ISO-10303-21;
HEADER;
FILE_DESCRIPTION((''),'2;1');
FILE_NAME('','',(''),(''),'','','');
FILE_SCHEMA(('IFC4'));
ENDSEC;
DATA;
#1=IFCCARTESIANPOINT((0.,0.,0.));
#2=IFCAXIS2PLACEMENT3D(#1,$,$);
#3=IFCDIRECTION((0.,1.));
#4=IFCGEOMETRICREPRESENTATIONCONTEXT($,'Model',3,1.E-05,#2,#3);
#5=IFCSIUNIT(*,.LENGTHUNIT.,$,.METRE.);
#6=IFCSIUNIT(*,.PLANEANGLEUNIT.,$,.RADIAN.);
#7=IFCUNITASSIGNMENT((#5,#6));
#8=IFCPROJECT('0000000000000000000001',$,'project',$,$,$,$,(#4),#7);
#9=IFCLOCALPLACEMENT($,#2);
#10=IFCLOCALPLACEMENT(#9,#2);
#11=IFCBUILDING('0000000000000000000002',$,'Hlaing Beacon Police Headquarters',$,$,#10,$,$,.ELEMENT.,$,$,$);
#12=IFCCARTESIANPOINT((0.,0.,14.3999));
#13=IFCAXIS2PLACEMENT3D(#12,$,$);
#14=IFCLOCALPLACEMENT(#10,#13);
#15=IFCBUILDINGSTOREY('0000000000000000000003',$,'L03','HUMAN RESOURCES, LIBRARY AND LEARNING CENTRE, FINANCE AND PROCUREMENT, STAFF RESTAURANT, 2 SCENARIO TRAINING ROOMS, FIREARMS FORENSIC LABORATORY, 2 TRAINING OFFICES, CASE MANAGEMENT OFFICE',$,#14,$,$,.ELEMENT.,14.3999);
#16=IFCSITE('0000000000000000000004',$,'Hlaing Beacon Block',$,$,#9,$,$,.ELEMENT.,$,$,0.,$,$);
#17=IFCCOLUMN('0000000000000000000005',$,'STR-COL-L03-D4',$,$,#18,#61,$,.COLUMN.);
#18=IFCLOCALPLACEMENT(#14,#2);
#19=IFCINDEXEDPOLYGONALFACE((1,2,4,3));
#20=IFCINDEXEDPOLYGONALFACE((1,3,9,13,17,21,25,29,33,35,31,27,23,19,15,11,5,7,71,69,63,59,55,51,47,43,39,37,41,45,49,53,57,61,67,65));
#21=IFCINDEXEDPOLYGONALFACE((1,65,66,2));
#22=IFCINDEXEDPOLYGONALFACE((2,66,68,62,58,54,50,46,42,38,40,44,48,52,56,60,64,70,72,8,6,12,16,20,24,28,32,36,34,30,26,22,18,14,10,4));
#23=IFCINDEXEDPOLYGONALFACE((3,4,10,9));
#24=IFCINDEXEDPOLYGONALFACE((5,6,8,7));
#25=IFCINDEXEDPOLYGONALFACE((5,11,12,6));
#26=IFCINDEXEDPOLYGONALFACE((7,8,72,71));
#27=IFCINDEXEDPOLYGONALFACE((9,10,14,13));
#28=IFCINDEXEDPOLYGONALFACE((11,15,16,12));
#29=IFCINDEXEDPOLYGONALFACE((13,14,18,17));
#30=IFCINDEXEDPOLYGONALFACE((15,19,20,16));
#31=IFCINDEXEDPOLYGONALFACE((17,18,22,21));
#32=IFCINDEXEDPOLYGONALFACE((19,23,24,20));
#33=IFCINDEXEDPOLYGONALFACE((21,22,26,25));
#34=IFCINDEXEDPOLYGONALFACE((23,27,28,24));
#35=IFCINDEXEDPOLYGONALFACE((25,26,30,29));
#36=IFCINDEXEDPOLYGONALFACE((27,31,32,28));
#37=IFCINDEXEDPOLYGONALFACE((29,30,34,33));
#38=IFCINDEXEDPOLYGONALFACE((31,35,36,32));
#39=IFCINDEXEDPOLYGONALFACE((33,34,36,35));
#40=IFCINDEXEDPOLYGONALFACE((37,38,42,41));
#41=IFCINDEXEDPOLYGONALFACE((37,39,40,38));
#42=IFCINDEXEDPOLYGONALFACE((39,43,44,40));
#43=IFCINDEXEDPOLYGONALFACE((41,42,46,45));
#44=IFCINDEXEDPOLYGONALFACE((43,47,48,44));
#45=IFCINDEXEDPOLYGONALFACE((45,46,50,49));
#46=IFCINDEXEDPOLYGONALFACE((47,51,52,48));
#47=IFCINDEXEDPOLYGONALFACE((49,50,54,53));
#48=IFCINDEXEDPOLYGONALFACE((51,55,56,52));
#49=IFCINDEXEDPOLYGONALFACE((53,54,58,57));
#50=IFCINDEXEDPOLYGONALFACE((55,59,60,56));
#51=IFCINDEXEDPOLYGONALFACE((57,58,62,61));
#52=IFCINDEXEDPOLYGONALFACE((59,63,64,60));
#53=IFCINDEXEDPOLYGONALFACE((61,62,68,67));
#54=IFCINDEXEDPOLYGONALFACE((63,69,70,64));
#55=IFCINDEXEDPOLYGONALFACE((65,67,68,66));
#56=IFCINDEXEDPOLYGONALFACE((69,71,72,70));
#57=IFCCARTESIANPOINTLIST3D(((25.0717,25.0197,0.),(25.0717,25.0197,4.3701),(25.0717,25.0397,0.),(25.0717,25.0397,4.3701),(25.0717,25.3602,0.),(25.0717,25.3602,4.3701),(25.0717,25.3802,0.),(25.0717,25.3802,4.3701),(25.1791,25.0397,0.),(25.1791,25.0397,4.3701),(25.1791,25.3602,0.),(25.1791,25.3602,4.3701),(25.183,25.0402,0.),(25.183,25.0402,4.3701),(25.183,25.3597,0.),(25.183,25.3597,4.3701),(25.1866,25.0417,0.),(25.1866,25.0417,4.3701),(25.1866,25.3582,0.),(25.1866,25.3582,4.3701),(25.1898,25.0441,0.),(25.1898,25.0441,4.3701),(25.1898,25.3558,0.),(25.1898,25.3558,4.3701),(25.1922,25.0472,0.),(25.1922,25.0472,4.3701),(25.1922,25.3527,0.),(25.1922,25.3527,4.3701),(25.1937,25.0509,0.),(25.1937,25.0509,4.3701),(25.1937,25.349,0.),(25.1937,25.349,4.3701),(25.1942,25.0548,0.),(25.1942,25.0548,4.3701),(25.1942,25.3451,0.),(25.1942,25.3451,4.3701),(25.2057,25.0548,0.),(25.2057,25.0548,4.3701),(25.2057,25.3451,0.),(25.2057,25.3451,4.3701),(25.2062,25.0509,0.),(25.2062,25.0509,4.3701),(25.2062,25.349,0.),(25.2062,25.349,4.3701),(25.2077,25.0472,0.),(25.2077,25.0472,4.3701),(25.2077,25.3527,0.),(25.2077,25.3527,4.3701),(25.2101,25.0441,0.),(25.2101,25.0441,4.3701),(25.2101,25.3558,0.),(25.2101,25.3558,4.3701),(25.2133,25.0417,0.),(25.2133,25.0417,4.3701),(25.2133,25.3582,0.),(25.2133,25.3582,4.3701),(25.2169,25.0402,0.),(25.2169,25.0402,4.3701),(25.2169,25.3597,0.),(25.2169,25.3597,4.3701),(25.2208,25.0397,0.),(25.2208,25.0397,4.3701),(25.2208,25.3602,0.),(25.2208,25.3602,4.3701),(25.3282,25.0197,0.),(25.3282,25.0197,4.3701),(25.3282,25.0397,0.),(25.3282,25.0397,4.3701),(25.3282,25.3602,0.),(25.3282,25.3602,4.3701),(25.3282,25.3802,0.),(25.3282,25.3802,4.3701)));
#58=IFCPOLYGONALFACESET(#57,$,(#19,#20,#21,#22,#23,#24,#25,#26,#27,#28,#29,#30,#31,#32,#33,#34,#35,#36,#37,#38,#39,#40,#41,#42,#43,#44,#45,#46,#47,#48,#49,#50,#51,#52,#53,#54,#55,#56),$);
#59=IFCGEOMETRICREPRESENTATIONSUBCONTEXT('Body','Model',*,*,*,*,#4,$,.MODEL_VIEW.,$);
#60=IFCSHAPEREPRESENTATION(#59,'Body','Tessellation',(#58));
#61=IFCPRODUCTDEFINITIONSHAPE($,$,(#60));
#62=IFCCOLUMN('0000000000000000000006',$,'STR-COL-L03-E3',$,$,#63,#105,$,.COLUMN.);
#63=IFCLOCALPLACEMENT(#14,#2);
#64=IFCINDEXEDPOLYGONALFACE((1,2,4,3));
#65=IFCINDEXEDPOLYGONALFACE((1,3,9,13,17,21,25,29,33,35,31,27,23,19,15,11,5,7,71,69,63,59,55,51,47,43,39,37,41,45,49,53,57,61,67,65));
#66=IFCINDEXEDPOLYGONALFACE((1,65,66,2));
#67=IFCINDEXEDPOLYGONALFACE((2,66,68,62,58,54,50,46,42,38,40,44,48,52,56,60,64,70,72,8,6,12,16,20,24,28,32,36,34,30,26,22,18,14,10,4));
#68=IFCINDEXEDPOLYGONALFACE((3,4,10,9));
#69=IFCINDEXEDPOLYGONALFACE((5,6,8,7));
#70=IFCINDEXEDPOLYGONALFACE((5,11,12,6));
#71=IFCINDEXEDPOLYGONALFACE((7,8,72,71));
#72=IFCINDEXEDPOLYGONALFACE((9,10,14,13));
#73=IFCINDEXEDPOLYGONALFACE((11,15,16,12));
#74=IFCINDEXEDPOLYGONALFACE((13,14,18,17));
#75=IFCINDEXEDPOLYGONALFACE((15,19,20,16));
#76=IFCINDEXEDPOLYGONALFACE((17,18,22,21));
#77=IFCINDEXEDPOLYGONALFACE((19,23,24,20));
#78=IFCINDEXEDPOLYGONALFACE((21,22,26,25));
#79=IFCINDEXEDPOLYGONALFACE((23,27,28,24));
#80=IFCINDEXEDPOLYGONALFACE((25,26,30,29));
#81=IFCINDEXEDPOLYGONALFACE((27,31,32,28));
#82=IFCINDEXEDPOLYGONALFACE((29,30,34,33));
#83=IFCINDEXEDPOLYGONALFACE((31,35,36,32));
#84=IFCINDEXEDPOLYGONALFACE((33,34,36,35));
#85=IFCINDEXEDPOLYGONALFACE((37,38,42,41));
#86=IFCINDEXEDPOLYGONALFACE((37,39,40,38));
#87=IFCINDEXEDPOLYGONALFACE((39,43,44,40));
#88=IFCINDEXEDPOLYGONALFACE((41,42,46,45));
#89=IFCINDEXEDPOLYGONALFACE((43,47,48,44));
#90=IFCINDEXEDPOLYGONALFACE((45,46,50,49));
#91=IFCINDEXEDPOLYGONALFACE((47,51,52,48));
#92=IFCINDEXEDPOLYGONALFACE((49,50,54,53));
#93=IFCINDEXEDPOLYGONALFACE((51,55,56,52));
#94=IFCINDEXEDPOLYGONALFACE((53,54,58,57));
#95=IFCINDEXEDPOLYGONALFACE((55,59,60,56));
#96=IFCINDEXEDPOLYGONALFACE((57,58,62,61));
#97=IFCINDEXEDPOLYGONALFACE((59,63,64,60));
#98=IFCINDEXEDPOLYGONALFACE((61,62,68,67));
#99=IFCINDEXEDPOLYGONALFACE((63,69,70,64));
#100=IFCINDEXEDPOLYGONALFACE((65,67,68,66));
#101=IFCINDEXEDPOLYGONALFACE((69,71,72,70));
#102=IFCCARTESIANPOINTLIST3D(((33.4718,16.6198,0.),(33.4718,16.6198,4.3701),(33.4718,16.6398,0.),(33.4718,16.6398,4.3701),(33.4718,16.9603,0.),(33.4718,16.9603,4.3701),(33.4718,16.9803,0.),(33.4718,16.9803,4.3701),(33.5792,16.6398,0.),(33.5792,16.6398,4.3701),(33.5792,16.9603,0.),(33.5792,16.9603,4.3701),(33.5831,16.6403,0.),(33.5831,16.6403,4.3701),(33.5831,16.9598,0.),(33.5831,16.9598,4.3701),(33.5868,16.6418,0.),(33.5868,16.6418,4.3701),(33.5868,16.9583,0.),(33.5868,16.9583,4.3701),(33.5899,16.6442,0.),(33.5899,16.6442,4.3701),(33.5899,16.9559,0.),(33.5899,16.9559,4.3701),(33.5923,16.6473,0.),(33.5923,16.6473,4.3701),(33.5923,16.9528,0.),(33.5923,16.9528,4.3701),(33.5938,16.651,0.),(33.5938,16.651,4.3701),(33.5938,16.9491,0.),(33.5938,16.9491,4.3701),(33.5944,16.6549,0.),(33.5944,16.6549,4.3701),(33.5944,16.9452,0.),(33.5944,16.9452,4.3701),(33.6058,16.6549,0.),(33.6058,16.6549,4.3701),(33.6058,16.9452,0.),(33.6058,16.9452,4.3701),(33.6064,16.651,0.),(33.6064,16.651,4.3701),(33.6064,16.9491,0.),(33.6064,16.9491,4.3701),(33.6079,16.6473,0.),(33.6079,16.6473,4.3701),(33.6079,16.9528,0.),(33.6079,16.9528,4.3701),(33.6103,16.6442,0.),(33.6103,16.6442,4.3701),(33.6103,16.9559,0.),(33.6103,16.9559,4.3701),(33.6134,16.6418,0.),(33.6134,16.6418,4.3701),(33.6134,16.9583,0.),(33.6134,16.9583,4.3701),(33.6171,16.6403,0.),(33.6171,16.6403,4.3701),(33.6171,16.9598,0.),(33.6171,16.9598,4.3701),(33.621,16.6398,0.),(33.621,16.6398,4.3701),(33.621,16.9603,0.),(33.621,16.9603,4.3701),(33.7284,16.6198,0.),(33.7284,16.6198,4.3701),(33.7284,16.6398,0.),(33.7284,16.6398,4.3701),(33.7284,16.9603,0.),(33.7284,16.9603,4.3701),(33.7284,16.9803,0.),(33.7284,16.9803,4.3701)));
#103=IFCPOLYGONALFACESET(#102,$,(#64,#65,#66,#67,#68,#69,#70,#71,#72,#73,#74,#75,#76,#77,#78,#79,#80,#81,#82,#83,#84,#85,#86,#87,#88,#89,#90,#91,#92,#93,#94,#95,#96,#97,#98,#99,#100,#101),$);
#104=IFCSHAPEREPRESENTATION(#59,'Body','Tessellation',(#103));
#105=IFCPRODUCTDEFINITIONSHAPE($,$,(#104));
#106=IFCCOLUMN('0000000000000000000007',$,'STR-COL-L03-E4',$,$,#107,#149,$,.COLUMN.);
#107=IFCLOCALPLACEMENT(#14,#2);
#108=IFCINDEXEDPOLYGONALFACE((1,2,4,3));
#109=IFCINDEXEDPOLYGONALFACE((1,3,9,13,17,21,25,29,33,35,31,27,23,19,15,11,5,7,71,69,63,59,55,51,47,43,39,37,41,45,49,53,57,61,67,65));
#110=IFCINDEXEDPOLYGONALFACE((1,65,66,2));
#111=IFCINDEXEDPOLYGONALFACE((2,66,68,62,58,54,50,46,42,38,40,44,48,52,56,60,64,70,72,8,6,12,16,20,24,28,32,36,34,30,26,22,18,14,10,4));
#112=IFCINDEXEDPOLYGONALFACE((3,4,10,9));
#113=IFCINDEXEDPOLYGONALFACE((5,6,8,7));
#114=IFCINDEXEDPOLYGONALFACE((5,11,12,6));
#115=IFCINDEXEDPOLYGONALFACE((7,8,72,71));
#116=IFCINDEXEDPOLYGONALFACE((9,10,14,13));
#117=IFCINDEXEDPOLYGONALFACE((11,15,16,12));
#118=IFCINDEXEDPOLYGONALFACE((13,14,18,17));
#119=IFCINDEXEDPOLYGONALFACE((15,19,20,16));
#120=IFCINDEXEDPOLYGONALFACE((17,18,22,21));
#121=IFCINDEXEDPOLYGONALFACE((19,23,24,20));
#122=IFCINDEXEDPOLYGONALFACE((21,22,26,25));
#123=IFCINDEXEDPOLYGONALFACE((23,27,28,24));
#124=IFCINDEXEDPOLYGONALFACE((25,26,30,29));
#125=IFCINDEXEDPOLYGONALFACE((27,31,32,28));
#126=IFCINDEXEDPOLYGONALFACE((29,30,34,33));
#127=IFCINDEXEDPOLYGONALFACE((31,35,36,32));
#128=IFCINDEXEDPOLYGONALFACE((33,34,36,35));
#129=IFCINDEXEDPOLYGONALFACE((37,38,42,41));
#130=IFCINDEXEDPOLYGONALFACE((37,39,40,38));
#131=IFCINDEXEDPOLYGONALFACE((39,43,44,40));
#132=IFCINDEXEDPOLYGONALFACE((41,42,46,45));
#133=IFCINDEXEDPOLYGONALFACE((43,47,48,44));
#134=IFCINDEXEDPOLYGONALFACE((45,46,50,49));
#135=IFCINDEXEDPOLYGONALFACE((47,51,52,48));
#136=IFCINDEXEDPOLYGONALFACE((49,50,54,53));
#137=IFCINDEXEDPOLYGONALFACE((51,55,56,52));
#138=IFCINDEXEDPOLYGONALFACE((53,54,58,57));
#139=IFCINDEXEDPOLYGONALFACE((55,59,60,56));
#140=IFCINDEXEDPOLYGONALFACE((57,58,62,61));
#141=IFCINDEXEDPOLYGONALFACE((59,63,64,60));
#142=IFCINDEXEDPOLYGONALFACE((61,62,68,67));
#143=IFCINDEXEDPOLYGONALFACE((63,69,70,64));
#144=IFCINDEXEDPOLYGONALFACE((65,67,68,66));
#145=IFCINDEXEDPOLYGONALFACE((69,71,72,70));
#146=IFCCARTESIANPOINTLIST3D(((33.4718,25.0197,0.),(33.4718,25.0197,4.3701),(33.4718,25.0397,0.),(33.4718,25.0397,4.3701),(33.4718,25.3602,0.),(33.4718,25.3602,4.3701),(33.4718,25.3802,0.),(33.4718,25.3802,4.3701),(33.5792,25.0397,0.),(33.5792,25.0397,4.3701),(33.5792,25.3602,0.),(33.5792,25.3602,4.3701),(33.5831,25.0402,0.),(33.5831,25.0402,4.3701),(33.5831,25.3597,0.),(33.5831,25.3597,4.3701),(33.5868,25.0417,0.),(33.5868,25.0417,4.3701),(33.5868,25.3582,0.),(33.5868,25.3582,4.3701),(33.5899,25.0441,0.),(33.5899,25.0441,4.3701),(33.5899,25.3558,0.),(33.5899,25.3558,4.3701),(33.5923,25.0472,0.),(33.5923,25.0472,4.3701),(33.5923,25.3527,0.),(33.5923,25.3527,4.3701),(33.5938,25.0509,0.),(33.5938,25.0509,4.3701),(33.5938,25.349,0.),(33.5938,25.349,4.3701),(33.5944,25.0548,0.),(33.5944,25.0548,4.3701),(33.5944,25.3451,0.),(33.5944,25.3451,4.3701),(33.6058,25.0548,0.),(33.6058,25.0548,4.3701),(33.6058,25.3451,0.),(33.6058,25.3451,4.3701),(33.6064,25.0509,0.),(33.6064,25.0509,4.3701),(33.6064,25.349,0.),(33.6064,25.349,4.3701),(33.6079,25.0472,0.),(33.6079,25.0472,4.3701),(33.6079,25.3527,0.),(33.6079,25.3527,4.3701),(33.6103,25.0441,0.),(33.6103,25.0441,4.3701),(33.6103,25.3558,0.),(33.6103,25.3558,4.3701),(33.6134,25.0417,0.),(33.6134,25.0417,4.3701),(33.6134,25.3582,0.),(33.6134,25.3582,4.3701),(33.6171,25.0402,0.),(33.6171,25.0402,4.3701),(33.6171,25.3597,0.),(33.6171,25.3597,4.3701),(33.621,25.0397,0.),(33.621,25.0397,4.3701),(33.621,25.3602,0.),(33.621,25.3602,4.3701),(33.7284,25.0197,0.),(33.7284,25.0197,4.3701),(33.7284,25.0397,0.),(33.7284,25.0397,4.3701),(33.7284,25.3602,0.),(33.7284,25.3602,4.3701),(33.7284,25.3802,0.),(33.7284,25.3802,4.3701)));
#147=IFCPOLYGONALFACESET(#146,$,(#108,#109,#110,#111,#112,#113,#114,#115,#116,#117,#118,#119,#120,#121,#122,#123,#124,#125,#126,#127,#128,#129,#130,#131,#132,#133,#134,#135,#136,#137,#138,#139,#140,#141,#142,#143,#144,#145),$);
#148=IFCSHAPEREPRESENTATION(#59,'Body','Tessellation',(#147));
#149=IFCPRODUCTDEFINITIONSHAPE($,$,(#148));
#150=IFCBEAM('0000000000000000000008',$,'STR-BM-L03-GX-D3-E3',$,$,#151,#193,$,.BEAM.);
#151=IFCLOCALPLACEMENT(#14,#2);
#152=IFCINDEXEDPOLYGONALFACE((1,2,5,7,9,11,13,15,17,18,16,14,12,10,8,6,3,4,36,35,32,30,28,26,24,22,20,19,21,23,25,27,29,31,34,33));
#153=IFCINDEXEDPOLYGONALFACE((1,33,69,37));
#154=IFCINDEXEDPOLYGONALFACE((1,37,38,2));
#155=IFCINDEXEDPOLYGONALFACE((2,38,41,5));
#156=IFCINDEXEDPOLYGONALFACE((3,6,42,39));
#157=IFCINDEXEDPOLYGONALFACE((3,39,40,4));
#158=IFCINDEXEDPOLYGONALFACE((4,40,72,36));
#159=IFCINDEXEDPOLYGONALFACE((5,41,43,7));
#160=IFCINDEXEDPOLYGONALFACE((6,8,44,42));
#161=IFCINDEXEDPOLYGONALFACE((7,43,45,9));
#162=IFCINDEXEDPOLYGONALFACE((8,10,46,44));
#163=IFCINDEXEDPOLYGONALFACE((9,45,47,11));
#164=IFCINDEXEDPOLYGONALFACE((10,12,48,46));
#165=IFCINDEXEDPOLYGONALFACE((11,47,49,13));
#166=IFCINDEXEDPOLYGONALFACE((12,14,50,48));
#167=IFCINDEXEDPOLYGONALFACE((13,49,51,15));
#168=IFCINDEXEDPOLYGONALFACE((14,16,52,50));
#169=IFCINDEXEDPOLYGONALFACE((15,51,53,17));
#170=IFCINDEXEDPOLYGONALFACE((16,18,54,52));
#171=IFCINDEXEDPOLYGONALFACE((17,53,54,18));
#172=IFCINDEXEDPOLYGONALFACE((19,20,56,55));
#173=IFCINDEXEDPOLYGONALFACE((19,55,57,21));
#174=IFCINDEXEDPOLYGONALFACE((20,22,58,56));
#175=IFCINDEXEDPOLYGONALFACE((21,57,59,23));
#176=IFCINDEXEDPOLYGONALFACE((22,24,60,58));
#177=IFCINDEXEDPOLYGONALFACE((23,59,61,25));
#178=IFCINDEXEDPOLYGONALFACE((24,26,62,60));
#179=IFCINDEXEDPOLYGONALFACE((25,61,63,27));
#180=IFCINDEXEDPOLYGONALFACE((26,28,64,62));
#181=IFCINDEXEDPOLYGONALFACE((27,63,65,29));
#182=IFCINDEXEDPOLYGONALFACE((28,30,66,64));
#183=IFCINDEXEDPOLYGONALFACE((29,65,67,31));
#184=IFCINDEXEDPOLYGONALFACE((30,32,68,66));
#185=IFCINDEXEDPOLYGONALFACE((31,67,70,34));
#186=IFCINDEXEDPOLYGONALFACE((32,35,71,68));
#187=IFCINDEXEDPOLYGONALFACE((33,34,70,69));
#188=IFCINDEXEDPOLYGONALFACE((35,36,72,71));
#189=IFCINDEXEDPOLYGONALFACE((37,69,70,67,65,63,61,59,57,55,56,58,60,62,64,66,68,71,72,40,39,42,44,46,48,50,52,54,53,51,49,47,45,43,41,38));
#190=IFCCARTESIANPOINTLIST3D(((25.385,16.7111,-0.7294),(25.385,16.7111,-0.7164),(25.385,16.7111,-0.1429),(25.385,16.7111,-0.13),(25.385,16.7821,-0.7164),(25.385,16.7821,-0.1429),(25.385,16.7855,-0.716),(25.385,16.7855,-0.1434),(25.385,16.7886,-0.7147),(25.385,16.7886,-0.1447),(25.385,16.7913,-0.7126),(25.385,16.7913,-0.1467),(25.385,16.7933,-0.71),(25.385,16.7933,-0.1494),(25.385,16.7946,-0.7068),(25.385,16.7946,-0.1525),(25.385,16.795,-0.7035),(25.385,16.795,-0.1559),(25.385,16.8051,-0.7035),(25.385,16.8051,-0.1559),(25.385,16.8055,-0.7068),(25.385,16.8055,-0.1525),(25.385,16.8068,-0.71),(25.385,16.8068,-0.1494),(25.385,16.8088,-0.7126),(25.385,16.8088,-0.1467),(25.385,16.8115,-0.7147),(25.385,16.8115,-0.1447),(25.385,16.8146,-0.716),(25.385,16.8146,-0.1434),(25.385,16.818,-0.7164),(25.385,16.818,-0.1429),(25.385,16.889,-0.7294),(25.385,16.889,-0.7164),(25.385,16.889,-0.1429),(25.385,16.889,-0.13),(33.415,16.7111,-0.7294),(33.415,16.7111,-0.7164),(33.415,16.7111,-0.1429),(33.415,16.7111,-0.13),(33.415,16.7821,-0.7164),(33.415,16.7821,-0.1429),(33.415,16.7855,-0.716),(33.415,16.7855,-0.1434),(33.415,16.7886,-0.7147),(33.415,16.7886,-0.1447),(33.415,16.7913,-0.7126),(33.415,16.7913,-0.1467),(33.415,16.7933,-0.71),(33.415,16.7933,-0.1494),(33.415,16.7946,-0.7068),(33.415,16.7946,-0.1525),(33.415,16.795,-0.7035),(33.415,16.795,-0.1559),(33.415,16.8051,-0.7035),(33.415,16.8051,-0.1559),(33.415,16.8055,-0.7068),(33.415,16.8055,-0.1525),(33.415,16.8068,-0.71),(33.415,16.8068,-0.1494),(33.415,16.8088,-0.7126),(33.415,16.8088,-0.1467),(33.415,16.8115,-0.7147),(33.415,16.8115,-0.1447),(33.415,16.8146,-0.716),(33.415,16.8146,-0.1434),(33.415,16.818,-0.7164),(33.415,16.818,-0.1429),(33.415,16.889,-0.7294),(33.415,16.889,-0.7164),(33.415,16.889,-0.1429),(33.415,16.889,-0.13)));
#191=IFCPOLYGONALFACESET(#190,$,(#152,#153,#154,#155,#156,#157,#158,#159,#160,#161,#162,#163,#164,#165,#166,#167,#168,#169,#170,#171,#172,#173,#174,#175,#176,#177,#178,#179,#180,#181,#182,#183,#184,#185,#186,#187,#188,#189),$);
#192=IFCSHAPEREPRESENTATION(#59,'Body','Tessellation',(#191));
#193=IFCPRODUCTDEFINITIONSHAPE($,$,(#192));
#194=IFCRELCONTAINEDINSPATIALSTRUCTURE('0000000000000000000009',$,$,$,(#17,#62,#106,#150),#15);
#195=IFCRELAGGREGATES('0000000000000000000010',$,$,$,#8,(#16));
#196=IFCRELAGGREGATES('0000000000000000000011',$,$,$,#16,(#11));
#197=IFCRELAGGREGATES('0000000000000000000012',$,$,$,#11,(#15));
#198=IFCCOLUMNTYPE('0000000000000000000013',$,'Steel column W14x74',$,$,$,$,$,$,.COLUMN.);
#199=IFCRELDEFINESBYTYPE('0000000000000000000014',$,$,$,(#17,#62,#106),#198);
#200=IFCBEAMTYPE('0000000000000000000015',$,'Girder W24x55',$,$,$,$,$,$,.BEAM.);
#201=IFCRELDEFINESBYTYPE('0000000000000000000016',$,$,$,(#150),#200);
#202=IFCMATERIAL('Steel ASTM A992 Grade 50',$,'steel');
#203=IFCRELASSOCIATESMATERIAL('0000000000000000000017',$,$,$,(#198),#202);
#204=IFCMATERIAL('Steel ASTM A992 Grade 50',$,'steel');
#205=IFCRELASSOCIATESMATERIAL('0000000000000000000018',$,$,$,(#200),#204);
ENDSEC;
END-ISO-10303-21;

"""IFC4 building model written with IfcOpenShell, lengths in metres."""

from ifc_helpers import new_model, si_unit, direction, frame, origin, origin_2d, place, context, subcontext, project, spatial, i_section, extrude, material, material_profile, profile_set, type_object, element, save


model = new_model("IFC4")

# Units and contexts
model_context = context("Model", 3, precision=1e-05, world=origin(), true_north=direction((0.0, 1.0)))
body_context = subcontext(model_context, "Body", "Model", "MODEL_VIEW")
ifc_project = project(units=[si_unit("LENGTHUNIT", "METRE"), si_unit("PLANEANGLEUNIT", "RADIAN")], contexts=[model_context])

# Site, building, storey
site_placement = place(None, origin())
site = spatial("IfcSite", under=ifc_project, at=site_placement, Name="Hlaing Beacon Block", CompositionType="ELEMENT", RefElevation=0.0)
building_placement = place(site_placement, origin())
building = spatial("IfcBuilding", under=site, at=building_placement, Name="Hlaing Beacon Police Headquarters", CompositionType="ELEMENT")
storey_placement = place(building_placement, frame((0.0, 0.0, 14.3999)))
storey = spatial("IfcBuildingStorey", under=building, at=storey_placement, Name="L03", Description="HUMAN RESOURCES, LIBRARY AND LEARNING CENTRE, FINANCE AND PROCUREMENT, STAFF RESTAURANT, 2 SCENARIO TRAINING ROOMS, FIREARMS FORENSIC LABORATORY, 2 TRAINING OFFICES, CASE MANAGEMENT OFFICE", CompositionType="ELEMENT", Elevation=14.3999)

# Columns
ifc_material_1 = material(Name="Steel ASTM A992 Grade 50", Category="steel")
ifc_material_profile_1 = material_profile(ifc_material_1, i_section(OverallWidth=0.2566, OverallDepth=0.3606, WebThickness=0.0115, FlangeThickness=0.02, FilletRadius=0.0151, at=origin_2d()), Name="W14x74")
ifc_profile_set_1 = profile_set([ifc_material_profile_1], Name="Steel ASTM A992 Grade 50")
column_type = type_object("IfcColumnType", Name="Steel column W14x74", PredefinedType="COLUMN", material=ifc_profile_set_1)
for number, where, z_axis, x_axis, name in (
    (1, (25.2, 25.2, 0.0), (0.0, 0.0, 1.0), (1.0, 0.0, 0.0), "STR-COL-L03-D4"),
    (2, (33.6001, 16.8, 0.0), (0.0, 0.0, 1.0), (1.0, 0.0, 0.0), "STR-COL-L03-E3"),
    (3, (33.6001, 25.2, 0.0), (0.0, 0.0, 1.0), (1.0, 0.0, 0.0), "STR-COL-L03-E4"),
):
    element("IfcColumn", number, at=place(storey_placement, frame(where, z_axis=z_axis, x_axis=x_axis)), inside=storey, type_object=column_type, Name=name, PredefinedType="COLUMN", context=body_context, shape_type="SweptSolid", body=[
        extrude(i_section(OverallWidth=0.2566, OverallDepth=0.3606, WebThickness=0.0115, FlangeThickness=0.02, FilletRadius=0.0151, at=origin_2d()), origin(), (0.0, 0.0, 1.0), 4.3701),
    ])

# Beam
ifc_material_2 = material(Name="Steel ASTM A992 Grade 50", Category="steel")
ifc_material_profile_2 = material_profile(ifc_material_2, i_section(OverallWidth=0.178, OverallDepth=0.5994, WebThickness=0.01, FlangeThickness=0.0129, FilletRadius=0.0129, at=origin_2d()), Name="W24x55")
ifc_profile_set_2 = profile_set([ifc_material_profile_2], Name="Steel ASTM A992 Grade 50")
beam_type_1 = type_object("IfcBeamType", Name="Girder W24x55", PredefinedType="BEAM", material=ifc_profile_set_2)
for number, where, z_axis, x_axis, name in (
    (4, (25.385, 16.8, -0.4297), (1.0, 0.0, 0.0), (0.0, 1.0, 0.0), "STR-BM-L03-GX-D3-E3"),
):
    element("IfcBeam", number, at=place(storey_placement, frame(where, z_axis=z_axis, x_axis=x_axis)), inside=storey, type_object=beam_type_1, Name=name, PredefinedType="BEAM", context=body_context, shape_type="SweptSolid", body=[
        extrude(i_section(OverallWidth=0.178, OverallDepth=0.5994, WebThickness=0.01, FlangeThickness=0.0129, FilletRadius=0.0129, at=origin_2d()), origin(), (0.0, 0.0, 1.0), 8.03),
    ])

save(model, "model.ifc")
